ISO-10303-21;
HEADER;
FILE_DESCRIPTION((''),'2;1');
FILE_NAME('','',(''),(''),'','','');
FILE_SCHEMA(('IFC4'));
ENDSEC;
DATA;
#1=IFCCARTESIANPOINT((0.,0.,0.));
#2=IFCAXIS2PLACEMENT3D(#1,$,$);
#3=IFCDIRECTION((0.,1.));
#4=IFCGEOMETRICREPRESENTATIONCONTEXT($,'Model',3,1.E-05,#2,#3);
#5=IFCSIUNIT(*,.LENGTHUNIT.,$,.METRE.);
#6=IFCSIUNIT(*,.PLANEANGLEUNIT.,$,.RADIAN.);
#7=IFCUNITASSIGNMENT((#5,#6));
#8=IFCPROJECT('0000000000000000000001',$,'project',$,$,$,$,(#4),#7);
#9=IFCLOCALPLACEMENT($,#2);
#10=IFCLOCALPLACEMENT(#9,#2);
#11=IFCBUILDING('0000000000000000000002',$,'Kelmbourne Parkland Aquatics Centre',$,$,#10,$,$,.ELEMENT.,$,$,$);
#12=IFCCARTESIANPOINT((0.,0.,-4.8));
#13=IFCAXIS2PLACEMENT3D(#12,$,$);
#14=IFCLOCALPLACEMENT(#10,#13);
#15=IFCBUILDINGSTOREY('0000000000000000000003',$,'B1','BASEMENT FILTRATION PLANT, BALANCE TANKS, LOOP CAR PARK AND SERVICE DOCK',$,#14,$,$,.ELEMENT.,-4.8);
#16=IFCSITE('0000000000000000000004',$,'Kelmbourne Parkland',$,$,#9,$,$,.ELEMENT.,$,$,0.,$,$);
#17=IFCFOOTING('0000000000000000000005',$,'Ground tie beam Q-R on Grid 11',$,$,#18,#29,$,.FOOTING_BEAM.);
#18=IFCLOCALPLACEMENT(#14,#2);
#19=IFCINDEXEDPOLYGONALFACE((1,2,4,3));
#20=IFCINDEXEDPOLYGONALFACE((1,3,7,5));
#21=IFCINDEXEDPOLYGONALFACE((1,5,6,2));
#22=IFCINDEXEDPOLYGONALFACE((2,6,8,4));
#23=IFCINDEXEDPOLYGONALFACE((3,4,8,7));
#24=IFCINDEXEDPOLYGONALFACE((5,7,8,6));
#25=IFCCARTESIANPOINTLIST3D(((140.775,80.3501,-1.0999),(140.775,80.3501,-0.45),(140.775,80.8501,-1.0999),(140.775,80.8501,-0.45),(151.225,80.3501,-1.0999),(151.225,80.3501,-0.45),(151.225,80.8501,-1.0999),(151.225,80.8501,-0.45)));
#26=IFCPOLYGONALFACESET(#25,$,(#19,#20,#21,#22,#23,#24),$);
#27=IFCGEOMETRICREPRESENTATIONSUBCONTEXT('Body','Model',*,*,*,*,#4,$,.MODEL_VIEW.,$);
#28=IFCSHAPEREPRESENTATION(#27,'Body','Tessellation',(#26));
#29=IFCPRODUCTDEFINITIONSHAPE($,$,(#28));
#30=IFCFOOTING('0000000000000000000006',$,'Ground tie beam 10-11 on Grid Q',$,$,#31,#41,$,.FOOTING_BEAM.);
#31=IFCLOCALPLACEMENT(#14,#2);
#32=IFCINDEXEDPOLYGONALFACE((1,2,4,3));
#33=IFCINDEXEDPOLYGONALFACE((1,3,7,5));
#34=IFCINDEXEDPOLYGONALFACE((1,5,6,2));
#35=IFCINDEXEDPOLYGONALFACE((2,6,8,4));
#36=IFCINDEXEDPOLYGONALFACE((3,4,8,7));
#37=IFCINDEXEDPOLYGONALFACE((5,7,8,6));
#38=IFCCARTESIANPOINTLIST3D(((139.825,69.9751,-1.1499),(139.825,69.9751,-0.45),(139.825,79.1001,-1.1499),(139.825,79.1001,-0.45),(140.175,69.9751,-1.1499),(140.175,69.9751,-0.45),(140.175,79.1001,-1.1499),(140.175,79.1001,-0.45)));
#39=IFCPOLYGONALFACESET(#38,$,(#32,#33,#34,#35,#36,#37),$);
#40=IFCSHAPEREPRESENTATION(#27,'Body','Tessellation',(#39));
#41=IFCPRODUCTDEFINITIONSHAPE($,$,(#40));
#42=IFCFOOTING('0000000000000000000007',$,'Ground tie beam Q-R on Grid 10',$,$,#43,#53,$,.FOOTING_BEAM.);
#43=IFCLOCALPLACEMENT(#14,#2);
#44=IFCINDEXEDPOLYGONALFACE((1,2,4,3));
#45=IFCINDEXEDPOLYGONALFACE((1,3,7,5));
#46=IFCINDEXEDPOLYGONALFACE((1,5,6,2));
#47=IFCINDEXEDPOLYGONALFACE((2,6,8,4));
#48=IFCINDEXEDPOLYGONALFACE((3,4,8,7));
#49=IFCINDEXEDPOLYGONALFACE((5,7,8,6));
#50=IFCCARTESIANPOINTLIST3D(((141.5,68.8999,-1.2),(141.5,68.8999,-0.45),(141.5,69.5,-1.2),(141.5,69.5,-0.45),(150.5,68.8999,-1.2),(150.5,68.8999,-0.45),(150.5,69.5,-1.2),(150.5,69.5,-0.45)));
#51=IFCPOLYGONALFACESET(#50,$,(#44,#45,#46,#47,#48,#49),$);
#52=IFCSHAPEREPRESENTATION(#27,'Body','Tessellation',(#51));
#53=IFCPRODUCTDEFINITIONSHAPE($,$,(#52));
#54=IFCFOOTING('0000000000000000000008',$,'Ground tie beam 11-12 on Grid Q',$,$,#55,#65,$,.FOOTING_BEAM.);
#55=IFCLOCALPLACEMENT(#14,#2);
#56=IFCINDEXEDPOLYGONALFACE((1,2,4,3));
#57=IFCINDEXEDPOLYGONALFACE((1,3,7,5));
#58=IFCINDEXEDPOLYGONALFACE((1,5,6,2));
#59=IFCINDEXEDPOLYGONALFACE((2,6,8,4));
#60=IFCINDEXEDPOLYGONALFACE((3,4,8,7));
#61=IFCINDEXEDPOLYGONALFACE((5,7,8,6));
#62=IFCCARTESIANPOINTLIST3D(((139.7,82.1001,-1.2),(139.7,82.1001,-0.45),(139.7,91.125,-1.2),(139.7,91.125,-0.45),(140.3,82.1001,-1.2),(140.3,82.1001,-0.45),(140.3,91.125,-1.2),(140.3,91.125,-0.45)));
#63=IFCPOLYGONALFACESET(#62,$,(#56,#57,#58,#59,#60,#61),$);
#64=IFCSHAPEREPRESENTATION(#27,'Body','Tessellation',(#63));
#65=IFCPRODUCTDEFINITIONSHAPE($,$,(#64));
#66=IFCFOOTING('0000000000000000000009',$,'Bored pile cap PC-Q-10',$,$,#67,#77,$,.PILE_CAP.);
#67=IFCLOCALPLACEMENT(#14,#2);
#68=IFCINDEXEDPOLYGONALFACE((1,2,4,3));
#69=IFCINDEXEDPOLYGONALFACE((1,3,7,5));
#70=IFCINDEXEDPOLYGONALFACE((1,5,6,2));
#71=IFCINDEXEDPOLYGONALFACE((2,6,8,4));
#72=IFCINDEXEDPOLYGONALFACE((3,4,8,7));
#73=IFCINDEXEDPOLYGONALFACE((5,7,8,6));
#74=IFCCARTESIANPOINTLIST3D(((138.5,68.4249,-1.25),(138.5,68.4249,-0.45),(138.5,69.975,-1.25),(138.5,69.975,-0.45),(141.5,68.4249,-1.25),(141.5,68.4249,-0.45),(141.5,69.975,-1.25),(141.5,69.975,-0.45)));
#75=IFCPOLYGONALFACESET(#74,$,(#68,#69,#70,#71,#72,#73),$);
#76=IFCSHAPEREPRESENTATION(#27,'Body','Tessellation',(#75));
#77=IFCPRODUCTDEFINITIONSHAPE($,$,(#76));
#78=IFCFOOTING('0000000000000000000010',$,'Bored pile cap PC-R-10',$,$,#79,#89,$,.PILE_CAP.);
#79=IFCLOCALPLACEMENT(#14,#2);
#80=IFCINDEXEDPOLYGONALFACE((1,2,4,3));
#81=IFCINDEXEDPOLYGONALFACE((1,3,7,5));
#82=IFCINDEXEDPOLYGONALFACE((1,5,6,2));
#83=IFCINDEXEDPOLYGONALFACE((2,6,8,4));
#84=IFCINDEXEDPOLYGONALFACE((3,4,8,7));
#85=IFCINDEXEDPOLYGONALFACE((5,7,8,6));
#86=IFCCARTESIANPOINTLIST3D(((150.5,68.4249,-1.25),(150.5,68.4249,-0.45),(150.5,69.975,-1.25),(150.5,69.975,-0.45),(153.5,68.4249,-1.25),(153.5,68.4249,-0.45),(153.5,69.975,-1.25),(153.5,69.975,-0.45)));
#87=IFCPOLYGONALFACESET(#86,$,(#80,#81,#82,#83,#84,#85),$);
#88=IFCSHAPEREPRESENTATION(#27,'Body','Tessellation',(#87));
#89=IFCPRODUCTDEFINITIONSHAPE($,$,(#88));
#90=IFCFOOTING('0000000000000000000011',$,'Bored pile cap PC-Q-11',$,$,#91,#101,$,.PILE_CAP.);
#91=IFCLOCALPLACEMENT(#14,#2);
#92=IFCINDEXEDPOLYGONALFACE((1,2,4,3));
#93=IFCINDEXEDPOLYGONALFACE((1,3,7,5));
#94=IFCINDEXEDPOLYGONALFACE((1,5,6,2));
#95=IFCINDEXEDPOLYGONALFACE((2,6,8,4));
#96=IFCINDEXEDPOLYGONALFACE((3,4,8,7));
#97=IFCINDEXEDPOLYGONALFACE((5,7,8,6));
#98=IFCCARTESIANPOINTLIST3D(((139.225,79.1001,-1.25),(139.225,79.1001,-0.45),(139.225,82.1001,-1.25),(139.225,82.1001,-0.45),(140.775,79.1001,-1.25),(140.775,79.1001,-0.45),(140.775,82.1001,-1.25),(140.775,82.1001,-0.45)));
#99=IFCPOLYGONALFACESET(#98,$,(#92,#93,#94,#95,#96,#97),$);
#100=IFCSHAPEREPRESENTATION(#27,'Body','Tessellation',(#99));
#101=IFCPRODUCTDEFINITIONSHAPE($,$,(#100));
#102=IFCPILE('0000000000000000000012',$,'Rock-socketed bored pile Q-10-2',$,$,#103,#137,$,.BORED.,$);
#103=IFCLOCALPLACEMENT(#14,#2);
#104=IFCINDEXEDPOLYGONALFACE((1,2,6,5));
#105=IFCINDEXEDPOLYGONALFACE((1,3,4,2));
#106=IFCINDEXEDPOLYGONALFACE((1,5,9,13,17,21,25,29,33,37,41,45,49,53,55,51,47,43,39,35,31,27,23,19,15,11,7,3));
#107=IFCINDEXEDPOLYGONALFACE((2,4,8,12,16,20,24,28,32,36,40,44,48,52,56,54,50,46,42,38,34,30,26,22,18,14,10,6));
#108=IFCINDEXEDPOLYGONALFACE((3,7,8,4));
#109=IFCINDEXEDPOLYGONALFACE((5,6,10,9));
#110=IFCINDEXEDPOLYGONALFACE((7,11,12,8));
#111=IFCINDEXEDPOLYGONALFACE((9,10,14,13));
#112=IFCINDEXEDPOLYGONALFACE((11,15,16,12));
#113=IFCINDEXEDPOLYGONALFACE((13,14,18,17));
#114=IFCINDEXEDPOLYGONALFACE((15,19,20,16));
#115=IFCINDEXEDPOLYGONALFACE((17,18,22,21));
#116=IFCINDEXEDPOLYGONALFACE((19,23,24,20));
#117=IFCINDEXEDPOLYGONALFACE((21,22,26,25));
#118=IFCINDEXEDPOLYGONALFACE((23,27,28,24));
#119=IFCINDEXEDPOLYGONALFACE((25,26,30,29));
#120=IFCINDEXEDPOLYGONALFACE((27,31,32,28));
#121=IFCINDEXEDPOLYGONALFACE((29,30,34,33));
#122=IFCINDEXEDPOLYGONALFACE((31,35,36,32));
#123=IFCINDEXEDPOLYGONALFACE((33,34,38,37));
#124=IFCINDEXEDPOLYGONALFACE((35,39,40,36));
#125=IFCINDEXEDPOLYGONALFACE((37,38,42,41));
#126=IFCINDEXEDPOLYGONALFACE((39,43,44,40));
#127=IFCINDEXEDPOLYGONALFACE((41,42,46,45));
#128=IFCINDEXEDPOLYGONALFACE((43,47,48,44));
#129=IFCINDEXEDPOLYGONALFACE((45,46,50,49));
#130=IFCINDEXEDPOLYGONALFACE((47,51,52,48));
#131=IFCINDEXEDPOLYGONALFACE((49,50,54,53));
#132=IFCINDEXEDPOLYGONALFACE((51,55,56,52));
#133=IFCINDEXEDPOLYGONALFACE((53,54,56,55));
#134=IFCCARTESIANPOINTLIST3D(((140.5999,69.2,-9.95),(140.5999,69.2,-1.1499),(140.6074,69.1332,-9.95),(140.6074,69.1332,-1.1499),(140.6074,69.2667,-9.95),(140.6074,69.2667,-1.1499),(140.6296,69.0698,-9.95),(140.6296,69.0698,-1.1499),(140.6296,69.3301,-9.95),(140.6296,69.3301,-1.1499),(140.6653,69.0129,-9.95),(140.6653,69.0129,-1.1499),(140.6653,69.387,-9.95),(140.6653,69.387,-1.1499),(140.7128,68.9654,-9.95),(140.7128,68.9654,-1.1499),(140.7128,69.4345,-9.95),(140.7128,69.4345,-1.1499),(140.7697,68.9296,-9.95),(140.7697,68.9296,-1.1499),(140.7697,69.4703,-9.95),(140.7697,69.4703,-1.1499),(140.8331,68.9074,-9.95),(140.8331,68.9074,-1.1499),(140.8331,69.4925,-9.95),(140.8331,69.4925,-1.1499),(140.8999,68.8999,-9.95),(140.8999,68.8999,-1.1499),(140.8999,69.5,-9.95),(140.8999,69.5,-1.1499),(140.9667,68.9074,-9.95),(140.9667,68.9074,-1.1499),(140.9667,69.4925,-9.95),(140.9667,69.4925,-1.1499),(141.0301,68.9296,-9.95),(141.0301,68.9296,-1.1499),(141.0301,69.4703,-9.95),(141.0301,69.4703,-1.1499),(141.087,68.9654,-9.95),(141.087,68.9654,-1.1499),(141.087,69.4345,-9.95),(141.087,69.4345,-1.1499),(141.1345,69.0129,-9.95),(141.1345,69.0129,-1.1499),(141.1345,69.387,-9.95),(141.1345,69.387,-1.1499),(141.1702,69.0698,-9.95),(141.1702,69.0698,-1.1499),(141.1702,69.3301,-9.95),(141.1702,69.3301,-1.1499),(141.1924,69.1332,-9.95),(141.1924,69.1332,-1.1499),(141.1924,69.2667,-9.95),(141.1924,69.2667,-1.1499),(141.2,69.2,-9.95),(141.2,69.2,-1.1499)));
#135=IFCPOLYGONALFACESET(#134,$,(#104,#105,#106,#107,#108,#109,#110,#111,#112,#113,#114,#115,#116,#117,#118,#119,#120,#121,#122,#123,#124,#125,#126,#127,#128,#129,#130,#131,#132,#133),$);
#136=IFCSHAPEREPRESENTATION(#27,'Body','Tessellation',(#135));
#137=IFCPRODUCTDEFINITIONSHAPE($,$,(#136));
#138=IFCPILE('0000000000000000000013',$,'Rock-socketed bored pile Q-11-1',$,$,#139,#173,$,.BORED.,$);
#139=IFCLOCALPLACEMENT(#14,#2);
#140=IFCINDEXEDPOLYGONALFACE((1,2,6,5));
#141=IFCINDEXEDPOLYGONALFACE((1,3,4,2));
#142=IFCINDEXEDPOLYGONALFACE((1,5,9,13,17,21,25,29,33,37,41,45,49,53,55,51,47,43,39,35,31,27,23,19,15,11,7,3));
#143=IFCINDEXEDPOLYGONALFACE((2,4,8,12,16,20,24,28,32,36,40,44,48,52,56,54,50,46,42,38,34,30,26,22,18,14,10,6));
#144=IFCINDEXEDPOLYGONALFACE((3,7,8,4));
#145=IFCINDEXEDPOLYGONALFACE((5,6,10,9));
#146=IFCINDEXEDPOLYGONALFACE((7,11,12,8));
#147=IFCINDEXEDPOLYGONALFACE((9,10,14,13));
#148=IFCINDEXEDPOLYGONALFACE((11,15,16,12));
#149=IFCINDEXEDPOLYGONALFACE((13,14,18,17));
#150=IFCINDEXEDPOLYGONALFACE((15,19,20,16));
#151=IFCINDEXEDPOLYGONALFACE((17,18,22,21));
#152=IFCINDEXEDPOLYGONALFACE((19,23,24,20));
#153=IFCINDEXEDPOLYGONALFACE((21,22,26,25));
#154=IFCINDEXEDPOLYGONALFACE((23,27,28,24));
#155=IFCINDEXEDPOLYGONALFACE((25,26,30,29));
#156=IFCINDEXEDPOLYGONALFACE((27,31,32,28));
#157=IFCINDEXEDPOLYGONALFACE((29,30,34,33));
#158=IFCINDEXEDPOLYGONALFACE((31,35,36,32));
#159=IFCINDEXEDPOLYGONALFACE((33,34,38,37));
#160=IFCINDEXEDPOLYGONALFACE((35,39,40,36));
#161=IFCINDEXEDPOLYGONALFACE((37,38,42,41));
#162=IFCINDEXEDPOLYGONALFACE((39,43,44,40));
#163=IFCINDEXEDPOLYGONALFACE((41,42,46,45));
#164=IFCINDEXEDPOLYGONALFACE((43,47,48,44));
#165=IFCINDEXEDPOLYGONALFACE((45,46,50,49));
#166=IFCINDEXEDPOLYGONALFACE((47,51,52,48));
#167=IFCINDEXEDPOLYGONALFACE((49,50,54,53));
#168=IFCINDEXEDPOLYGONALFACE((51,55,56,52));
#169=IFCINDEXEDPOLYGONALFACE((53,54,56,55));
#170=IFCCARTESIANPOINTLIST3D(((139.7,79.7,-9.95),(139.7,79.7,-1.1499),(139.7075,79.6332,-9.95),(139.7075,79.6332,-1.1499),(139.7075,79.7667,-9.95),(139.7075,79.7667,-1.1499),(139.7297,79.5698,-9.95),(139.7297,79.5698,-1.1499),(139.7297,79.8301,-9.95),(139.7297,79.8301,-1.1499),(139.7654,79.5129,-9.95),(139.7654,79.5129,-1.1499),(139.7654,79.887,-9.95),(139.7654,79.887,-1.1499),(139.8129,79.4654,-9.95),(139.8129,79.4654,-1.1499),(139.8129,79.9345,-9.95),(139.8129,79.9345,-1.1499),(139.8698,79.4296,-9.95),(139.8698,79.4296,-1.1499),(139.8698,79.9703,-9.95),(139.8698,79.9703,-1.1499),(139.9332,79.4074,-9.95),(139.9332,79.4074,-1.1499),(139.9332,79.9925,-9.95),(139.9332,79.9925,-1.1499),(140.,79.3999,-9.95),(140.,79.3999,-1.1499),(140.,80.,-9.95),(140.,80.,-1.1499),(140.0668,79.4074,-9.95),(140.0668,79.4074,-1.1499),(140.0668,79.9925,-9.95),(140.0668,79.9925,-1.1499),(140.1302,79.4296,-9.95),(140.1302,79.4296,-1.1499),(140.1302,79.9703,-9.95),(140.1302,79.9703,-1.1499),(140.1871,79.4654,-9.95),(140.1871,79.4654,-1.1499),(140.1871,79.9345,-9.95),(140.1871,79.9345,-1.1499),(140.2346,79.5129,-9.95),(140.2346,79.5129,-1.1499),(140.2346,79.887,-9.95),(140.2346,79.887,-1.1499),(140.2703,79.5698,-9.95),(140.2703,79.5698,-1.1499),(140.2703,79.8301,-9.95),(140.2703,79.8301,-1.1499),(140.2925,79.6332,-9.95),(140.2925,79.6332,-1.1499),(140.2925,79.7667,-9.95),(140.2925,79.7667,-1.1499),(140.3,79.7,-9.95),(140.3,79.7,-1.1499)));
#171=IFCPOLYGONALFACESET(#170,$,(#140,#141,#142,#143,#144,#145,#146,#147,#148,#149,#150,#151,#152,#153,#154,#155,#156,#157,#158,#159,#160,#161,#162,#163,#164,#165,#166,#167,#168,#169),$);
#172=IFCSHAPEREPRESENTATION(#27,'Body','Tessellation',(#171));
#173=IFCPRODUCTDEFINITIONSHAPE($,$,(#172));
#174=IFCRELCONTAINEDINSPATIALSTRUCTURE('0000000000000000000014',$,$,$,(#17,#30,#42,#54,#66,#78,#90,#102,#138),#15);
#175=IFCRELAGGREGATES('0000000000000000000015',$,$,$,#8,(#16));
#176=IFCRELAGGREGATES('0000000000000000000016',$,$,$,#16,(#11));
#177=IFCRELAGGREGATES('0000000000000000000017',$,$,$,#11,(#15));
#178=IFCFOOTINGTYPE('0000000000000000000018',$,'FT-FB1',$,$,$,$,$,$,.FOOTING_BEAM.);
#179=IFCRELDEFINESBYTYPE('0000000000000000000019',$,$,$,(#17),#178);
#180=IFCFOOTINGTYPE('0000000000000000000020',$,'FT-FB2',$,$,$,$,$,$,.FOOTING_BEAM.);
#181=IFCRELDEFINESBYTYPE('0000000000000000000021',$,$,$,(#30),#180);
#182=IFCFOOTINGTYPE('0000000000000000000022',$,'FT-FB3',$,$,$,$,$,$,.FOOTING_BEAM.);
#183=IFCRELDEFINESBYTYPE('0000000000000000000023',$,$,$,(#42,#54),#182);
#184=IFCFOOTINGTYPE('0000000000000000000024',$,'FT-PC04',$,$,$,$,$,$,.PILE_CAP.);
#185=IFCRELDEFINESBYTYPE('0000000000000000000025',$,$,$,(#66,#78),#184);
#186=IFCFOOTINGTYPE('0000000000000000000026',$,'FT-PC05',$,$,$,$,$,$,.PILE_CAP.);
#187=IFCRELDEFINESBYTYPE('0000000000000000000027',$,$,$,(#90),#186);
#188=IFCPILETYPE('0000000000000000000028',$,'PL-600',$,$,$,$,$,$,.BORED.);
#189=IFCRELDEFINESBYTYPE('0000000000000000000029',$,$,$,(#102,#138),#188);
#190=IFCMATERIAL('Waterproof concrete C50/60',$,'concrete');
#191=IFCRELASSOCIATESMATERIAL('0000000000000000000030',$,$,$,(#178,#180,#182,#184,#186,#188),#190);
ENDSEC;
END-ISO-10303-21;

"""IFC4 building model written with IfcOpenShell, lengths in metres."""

from ifc_helpers import new_model, si_unit, direction, frame, origin, origin_2d, place, context, subcontext, project, spatial, rectangle, circle, extrude, material, material_profile, profile_set, type_object, element, save


model = new_model("IFC4")

# Units and contexts
model_context = context("Model", 3, precision=1e-05, world=origin(), true_north=direction((0.0, 1.0)))
body_context = subcontext(model_context, "Body", "Model", "MODEL_VIEW")
ifc_project = project(units=[si_unit("LENGTHUNIT", "METRE"), si_unit("PLANEANGLEUNIT", "RADIAN")], contexts=[model_context])

# Site, building, storey
site_placement = place(None, origin())
site = spatial("IfcSite", under=ifc_project, at=site_placement, Name="Kelmbourne Parkland", CompositionType="ELEMENT", RefElevation=0.0)
building_placement = place(site_placement, origin())
building = spatial("IfcBuilding", under=site, at=building_placement, Name="Kelmbourne Parkland Aquatics Centre", CompositionType="ELEMENT")
storey_placement = place(building_placement, frame((0.0, 0.0, -4.8)))
storey = spatial("IfcBuildingStorey", under=building, at=storey_placement, Name="B1", Description="BASEMENT FILTRATION PLANT, BALANCE TANKS, LOOP CAR PARK AND SERVICE DOCK", CompositionType="ELEMENT", Elevation=-4.8)

# Footings
ifc_material_1 = material(Name="Waterproof concrete C50/60", Category="concrete")
footing_type_1 = type_object("IfcFootingType", Name="FT-FB1", PredefinedType="FOOTING_BEAM", material=ifc_material_1)
footing_1_placement = place(storey_placement, frame((146.0, 80.6001, -1.0999), z_axis=(0.0, 0.0, 1.0), x_axis=(1.0, 0.0, 0.0)))
element("IfcFooting", 1, at=footing_1_placement, inside=storey, type_object=footing_type_1, Name="Ground tie beam Q-R on Grid 11", PredefinedType="FOOTING_BEAM", context=body_context, shape_type="SweptSolid", body=[
    extrude(rectangle(XDim=10.45, YDim=0.5, at=origin_2d()), origin(), (0.0, 0.0, 1.0), 0.6499),
])
footing_type_2 = type_object("IfcFootingType", Name="FT-FB2", PredefinedType="FOOTING_BEAM", material=ifc_material_1)
footing_2_placement = place(storey_placement, frame((140.0, 74.5376, -1.1499), z_axis=(0.0, 0.0, 1.0), x_axis=(0.0, 1.0, 0.0)))
element("IfcFooting", 2, at=footing_2_placement, inside=storey, type_object=footing_type_2, Name="Ground tie beam 10-11 on Grid Q", PredefinedType="FOOTING_BEAM", context=body_context, shape_type="SweptSolid", body=[
    extrude(rectangle(XDim=9.125, YDim=0.3501, at=origin_2d()), origin(), (0.0, 0.0, 1.0), 0.7),
])
footing_type_3 = type_object("IfcFootingType", Name="FT-FB3", PredefinedType="FOOTING_BEAM", material=ifc_material_1)
footing_3_placement = place(storey_placement, frame((146.0, 69.2, -1.2), z_axis=(0.0, 0.0, 1.0), x_axis=(1.0, 0.0, 0.0)))
element("IfcFooting", 3, at=footing_3_placement, inside=storey, type_object=footing_type_3, Name="Ground tie beam Q-R on Grid 10", PredefinedType="FOOTING_BEAM", context=body_context, shape_type="SweptSolid", body=[
    extrude(rectangle(XDim=9.0, YDim=0.6001, at=origin_2d()), origin(), (0.0, 0.0, 1.0), 0.75),
])
footing_4_placement = place(storey_placement, frame((140.0, 86.6125, -1.2), z_axis=(0.0, 0.0, 1.0), x_axis=(0.0, 1.0, 0.0)))
element("IfcFooting", 4, at=footing_4_placement, inside=storey, type_object=footing_type_3, Name="Ground tie beam 11-12 on Grid Q", PredefinedType="FOOTING_BEAM", context=body_context, shape_type="SweptSolid", body=[
    extrude(rectangle(XDim=9.0249, YDim=0.6001, at=origin_2d()), origin(), (0.0, 0.0, 1.0), 0.75),
])
footing_type_4 = type_object("IfcFootingType", Name="FT-PC04", PredefinedType="PILE_CAP", material=ifc_material_1)
for number, where, z_axis, x_axis, name in (
    (5, (140.0, 69.2, -1.25), (0.0, 0.0, 1.0), (1.0, 0.0, 0.0), "Bored pile cap PC-Q-10"),
    (6, (152.0, 69.2, -1.25), (0.0, 0.0, 1.0), (1.0, 0.0, 0.0), "Bored pile cap PC-R-10"),
):
    element("IfcFooting", number, at=place(storey_placement, frame(where, z_axis=z_axis, x_axis=x_axis)), inside=storey, type_object=footing_type_4, Name=name, PredefinedType="PILE_CAP", context=body_context, shape_type="SweptSolid", body=[
        extrude(rectangle(XDim=3.0, YDim=1.55, at=origin_2d()), origin(), (0.0, 0.0, 1.0), 0.8),
    ])
footing_type_5 = type_object("IfcFootingType", Name="FT-PC05", PredefinedType="PILE_CAP", material=ifc_material_1)
footing_5_placement = place(storey_placement, frame((140.0, 80.6001, -1.25), z_axis=(0.0, 0.0, 1.0), x_axis=(1.0, 0.0, 0.0)))
element("IfcFooting", 7, at=footing_5_placement, inside=storey, type_object=footing_type_5, Name="Bored pile cap PC-Q-11", PredefinedType="PILE_CAP", context=body_context, shape_type="SweptSolid", body=[
    extrude(rectangle(XDim=1.55, YDim=3.0, at=origin_2d()), origin(), (0.0, 0.0, 1.0), 0.8),
])

# Piles
ifc_material_profile_1 = material_profile(ifc_material_1, circle(Radius=0.3, at=origin_2d()), Name="PILE D600")
ifc_profile_set_1 = profile_set([ifc_material_profile_1], Name="Waterproof concrete C50/60")
pile_type = type_object("IfcPileType", Name="PL-600", PredefinedType="BORED", material=ifc_profile_set_1)
for number, where, z_axis, x_axis, name in (
    (8, (140.8999, 69.2, -1.1499), (0.0, 0.0, -1.0), (1.0, 0.0, 0.0), "Rock-socketed bored pile Q-10-2"),
    (9, (140.0, 79.7, -1.1499), (0.0, 0.0, -1.0), (1.0, 0.0, 0.0), "Rock-socketed bored pile Q-11-1"),
):
    element("IfcPile", number, at=place(storey_placement, frame(where, z_axis=z_axis, x_axis=x_axis)), inside=storey, type_object=pile_type, Name=name, PredefinedType="BORED", context=body_context, shape_type="SweptSolid", body=[
        extrude(circle(Radius=0.3, at=origin_2d()), origin(), (0.0, 0.0, 1.0), 8.8),
    ])

save(model, "model.ifc")
